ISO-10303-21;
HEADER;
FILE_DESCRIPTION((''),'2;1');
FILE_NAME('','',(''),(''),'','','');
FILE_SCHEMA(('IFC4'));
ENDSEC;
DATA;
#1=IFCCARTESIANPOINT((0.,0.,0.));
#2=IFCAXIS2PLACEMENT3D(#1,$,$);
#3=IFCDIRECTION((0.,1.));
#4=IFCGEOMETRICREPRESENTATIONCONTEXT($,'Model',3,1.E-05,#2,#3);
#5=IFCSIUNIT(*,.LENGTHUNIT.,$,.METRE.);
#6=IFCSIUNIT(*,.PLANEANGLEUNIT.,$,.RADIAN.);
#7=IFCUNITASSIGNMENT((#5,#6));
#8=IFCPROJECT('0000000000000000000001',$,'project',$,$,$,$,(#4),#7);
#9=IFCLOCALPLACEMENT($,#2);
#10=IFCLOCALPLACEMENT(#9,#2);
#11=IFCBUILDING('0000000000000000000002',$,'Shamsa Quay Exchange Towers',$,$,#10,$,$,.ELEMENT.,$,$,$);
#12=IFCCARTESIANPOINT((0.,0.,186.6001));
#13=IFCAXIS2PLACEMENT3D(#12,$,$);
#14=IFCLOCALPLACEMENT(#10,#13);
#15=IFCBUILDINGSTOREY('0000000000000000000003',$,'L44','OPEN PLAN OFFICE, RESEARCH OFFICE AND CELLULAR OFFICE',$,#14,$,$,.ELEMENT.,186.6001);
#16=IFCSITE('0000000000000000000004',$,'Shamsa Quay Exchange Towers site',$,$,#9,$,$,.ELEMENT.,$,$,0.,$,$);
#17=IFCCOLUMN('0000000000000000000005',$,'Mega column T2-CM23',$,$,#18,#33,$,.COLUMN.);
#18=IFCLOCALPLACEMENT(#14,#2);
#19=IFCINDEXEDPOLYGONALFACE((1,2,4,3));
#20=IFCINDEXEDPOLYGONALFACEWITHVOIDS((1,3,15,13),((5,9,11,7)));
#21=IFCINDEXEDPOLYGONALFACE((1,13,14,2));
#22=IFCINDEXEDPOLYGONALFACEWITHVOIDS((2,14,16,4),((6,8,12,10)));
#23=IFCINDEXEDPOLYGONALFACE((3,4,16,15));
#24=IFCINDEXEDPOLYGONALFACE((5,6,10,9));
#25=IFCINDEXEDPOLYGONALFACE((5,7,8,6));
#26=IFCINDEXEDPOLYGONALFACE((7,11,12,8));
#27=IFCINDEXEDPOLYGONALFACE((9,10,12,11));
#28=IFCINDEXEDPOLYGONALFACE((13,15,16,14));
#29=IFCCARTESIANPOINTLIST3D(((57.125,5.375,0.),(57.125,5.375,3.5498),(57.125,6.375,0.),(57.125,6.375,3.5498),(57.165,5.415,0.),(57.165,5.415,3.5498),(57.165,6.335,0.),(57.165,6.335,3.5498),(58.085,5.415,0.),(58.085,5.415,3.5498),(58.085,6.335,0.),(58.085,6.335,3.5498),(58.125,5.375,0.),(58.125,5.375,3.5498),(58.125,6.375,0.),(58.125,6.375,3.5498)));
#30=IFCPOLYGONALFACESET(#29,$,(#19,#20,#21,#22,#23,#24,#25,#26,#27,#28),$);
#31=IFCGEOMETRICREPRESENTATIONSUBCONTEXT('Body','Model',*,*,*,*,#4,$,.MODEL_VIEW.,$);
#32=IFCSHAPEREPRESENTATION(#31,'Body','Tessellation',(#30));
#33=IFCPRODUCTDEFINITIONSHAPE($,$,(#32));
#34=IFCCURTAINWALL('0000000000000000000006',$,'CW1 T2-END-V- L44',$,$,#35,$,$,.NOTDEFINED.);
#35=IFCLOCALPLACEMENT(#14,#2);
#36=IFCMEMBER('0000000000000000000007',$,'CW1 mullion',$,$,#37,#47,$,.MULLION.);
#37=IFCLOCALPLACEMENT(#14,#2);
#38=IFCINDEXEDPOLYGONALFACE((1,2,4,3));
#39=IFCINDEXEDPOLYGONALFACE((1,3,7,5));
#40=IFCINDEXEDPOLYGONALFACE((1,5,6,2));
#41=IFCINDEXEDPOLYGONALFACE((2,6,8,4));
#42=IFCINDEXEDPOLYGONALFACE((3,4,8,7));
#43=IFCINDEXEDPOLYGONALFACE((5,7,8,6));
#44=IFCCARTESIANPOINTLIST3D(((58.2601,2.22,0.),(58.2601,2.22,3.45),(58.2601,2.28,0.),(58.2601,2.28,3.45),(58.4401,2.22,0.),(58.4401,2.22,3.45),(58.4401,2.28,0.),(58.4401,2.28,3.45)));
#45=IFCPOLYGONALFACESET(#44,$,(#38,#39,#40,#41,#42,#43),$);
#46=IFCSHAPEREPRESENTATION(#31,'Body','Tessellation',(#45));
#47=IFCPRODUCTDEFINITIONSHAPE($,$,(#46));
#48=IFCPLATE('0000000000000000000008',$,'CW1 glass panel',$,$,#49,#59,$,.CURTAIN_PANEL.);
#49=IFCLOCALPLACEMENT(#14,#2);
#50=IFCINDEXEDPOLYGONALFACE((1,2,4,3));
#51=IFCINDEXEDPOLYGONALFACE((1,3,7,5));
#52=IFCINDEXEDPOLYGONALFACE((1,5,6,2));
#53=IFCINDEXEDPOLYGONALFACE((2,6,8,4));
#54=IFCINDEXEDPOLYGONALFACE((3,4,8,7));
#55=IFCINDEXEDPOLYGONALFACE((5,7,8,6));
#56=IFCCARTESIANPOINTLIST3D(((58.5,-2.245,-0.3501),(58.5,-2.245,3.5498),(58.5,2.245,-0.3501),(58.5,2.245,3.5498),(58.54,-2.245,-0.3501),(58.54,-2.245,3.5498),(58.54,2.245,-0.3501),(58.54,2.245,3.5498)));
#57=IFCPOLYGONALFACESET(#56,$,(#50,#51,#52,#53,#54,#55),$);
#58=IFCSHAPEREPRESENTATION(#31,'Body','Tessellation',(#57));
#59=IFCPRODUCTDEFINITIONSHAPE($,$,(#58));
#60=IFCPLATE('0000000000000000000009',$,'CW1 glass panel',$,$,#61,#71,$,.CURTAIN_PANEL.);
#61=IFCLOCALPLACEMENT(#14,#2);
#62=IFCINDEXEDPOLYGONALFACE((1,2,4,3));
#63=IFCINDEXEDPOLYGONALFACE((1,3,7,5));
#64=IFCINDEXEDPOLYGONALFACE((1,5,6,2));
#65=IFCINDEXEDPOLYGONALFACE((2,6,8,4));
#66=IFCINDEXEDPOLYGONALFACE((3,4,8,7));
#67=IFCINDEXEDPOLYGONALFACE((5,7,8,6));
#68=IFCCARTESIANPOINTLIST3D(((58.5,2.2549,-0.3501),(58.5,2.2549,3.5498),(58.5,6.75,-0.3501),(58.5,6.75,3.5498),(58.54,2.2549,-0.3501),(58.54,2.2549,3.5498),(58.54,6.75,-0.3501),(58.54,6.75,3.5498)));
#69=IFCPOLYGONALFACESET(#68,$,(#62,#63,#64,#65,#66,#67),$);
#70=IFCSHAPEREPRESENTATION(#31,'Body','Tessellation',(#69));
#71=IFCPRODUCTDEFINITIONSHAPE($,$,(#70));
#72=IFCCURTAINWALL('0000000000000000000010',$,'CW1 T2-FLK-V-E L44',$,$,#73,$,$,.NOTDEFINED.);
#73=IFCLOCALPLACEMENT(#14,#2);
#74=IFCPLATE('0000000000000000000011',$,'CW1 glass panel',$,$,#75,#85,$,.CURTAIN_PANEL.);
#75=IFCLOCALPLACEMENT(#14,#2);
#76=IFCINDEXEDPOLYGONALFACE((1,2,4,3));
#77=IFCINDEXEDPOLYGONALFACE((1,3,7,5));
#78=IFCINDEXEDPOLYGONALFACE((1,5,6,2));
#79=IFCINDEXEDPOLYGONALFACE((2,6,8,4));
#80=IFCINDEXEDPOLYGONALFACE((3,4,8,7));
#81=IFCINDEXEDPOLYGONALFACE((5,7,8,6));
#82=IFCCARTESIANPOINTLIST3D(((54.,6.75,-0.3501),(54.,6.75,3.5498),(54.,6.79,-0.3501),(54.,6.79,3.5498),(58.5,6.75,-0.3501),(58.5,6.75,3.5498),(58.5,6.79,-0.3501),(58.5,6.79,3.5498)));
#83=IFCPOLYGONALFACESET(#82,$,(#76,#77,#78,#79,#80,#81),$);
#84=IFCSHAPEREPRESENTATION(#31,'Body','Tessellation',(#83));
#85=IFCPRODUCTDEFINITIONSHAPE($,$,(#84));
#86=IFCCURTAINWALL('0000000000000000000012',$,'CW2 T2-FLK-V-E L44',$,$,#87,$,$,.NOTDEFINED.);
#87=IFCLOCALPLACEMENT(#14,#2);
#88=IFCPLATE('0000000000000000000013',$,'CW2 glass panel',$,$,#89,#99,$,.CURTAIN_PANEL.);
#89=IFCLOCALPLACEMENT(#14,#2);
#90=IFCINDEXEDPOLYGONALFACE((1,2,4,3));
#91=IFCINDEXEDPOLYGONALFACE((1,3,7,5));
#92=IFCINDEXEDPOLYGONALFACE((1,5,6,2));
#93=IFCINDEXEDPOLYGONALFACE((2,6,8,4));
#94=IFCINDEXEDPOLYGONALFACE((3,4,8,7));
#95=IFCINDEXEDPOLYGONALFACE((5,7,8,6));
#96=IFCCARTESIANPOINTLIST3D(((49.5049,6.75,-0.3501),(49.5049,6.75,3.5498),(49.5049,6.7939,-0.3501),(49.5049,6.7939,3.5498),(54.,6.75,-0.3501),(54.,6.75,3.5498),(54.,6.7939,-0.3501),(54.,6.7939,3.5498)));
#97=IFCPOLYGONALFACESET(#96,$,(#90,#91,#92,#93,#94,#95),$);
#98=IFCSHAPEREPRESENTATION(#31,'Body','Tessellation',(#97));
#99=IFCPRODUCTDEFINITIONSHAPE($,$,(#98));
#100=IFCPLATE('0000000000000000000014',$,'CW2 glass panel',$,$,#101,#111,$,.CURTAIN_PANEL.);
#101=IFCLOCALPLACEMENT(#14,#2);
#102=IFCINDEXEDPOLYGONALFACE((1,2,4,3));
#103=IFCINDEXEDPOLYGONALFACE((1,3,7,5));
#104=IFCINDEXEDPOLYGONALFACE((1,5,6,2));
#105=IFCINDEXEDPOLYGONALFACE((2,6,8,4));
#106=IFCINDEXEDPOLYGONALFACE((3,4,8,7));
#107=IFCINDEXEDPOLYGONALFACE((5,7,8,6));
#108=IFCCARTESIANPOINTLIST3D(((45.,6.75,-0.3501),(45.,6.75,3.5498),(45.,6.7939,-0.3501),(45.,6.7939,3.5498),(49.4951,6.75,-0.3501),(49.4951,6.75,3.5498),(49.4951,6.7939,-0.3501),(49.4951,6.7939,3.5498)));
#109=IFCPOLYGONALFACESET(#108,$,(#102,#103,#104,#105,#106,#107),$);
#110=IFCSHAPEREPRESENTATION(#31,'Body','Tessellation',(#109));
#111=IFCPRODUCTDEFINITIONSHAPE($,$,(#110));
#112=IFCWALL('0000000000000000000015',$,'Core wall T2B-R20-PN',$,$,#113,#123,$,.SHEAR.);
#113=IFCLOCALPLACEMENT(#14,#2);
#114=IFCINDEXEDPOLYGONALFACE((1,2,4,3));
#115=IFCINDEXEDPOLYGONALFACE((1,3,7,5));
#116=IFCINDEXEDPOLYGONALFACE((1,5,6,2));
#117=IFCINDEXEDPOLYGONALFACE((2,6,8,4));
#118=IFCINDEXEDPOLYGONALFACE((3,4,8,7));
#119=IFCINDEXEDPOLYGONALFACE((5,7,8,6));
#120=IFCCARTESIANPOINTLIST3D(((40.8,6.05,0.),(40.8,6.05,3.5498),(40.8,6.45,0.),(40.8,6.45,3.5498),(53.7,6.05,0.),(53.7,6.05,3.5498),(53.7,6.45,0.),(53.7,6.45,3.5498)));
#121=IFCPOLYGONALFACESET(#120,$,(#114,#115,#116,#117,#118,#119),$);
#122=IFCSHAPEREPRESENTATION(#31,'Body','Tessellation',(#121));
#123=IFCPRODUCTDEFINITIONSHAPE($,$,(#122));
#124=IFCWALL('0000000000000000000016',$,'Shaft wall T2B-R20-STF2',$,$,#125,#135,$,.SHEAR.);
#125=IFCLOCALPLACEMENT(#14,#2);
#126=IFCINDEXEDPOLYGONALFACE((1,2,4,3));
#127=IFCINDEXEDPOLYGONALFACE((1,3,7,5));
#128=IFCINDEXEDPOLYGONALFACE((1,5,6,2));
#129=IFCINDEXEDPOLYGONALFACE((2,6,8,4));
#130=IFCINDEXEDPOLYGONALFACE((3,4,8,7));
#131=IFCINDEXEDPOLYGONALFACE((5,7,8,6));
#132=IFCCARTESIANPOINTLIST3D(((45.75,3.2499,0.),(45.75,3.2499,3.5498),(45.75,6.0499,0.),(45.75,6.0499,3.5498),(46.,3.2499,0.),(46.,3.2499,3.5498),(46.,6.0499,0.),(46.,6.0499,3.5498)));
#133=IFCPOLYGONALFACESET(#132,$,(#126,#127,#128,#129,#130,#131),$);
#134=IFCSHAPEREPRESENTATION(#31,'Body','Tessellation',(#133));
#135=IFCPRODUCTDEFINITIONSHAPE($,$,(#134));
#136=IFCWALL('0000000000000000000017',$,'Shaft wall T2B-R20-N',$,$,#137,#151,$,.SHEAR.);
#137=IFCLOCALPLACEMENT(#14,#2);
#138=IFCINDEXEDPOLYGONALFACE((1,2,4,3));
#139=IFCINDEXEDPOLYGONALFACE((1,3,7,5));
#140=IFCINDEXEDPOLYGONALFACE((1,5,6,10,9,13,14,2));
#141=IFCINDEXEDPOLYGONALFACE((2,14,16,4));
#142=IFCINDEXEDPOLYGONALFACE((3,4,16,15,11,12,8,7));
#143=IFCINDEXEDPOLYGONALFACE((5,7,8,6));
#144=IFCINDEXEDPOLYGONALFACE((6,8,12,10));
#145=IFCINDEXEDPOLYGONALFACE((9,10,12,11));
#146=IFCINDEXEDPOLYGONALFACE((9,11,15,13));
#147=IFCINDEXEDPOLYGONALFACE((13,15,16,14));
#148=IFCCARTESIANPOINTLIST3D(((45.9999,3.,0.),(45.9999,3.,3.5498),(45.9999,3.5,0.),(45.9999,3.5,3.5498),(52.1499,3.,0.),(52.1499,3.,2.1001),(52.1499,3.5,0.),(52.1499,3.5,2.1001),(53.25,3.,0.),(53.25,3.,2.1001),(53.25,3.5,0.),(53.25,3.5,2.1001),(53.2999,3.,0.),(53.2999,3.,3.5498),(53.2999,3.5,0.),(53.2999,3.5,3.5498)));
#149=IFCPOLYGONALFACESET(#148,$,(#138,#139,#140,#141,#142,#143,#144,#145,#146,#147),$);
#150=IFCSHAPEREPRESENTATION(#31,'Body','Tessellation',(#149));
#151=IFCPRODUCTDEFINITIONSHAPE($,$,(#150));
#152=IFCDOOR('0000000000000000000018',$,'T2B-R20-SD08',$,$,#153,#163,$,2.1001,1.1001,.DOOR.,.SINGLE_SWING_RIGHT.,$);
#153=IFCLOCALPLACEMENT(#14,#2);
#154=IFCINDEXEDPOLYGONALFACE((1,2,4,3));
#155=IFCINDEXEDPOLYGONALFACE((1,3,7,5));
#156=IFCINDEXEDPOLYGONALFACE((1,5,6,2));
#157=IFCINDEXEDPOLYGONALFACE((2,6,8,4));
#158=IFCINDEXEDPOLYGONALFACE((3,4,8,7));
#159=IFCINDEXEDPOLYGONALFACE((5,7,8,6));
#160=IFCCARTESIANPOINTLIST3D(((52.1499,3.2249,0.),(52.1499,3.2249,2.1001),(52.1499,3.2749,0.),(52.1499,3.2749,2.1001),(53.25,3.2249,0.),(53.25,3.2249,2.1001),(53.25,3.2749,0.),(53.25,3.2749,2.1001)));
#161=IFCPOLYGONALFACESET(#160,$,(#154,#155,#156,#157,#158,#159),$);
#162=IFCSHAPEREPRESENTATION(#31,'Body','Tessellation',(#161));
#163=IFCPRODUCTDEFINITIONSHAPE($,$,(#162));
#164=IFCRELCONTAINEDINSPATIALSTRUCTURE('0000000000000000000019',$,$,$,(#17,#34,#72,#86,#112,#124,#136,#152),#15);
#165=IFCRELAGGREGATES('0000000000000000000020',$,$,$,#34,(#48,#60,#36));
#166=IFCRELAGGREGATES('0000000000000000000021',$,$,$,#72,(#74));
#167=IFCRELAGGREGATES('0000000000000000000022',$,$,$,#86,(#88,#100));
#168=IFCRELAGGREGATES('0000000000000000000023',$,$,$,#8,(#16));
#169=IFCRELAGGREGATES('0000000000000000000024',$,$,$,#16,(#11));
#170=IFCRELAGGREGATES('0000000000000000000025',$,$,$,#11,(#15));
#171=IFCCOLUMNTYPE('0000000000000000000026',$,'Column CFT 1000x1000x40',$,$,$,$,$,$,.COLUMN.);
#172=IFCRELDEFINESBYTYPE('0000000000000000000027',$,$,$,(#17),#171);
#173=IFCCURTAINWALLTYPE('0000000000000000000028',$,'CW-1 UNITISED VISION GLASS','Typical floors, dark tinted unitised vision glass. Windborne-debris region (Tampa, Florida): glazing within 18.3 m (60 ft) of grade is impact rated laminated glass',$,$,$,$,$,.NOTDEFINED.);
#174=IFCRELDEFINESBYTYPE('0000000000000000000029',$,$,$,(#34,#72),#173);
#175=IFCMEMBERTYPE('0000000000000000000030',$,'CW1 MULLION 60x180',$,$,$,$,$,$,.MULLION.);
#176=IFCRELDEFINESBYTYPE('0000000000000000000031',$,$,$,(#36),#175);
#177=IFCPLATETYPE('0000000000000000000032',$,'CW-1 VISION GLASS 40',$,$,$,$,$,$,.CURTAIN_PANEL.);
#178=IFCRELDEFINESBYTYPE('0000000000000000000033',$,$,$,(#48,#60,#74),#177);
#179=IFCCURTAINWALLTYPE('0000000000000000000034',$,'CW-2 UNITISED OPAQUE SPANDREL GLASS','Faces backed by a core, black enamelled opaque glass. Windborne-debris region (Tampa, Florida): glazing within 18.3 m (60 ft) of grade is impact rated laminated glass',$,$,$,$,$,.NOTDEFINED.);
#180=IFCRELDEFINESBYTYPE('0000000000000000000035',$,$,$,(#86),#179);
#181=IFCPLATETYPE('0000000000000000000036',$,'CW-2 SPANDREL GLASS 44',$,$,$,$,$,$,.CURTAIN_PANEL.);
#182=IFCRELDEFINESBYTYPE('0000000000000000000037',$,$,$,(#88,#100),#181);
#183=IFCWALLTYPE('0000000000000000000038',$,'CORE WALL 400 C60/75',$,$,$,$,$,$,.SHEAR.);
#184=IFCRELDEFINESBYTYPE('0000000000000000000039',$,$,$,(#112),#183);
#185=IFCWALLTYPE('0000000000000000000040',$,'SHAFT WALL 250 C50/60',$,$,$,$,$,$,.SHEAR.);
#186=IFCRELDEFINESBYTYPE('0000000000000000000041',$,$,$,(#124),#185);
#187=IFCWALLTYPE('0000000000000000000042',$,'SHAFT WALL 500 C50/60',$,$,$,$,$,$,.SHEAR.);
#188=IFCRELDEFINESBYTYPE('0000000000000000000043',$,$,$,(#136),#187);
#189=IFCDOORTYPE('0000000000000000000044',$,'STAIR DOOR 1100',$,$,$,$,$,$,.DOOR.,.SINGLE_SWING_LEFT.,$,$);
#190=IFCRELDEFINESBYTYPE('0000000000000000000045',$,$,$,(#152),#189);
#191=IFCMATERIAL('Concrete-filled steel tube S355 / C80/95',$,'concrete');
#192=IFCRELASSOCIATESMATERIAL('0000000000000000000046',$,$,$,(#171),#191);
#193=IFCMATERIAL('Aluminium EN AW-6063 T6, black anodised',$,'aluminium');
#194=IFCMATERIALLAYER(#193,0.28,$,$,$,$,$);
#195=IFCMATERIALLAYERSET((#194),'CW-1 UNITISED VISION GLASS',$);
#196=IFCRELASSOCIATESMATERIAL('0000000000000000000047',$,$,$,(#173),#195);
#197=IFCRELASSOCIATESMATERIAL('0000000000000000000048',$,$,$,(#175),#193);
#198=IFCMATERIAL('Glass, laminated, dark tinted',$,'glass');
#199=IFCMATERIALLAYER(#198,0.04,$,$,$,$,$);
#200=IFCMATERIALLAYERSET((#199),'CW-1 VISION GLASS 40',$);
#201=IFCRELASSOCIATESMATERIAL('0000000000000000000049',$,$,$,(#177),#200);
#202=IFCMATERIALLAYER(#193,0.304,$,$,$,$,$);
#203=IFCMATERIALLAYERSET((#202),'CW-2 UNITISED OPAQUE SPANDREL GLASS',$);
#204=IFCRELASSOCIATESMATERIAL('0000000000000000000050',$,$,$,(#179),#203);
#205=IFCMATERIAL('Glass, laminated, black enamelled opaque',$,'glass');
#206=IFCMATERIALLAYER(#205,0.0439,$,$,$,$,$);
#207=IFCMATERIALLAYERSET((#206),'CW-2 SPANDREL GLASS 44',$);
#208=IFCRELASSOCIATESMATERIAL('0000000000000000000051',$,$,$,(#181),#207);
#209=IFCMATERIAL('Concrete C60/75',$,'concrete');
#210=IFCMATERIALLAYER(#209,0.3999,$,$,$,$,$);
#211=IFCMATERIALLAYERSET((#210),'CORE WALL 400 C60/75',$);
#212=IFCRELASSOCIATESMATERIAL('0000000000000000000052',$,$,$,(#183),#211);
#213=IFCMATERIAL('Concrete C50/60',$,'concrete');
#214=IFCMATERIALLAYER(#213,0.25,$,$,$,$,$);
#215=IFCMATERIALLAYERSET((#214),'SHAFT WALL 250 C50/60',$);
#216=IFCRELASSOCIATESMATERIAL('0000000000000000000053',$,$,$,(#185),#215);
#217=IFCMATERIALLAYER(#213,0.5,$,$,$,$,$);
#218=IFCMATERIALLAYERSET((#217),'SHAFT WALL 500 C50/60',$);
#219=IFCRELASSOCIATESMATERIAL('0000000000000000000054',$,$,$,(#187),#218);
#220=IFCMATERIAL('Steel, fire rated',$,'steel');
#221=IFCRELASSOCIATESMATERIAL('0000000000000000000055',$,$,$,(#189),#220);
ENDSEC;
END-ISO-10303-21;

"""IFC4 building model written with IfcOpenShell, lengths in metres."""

from ifc_helpers import new_model, si_unit, direction, frame, frame_2d, origin, origin_2d, place, context, subcontext, project, spatial, rectangle, hollow_rectangle, extrude, material, layer, layer_set, material_profile, profile_set, type_object, element, fill, aggregate, save


model = new_model("IFC4")

# Units and contexts
model_context = context("Model", 3, precision=1e-05, world=origin(), true_north=direction((0.0, 1.0)))
body_context = subcontext(model_context, "Body", "Model", "MODEL_VIEW")
ifc_project = project(units=[si_unit("LENGTHUNIT", "METRE"), si_unit("PLANEANGLEUNIT", "RADIAN")], contexts=[model_context])

# Site, building, storey
site_placement = place(None, origin())
site = spatial("IfcSite", under=ifc_project, at=site_placement, Name="Shamsa Quay Exchange Towers site", CompositionType="ELEMENT", RefElevation=0.0)
building_placement = place(site_placement, origin())
building = spatial("IfcBuilding", under=site, at=building_placement, Name="Shamsa Quay Exchange Towers", CompositionType="ELEMENT")
storey_placement = place(building_placement, frame((0.0, 0.0, 186.6001)))
storey = spatial("IfcBuildingStorey", under=building, at=storey_placement, Name="L44", Description="OPEN PLAN OFFICE, RESEARCH OFFICE AND CELLULAR OFFICE", CompositionType="ELEMENT", Elevation=186.6001)

# Column
ifc_material_1 = material(Name="Concrete-filled steel tube S355 / C80/95", Category="concrete")
ifc_material_profile_1 = material_profile(ifc_material_1, hollow_rectangle(XDim=1.0, YDim=1.0, WallThickness=0.04, at=origin_2d()), Name="CFT 1000x1000x40")
ifc_profile_set_1 = profile_set([ifc_material_profile_1], Name="Concrete-filled steel tube S355 / C80/95")
column_type = type_object("IfcColumnType", Name="Column CFT 1000x1000x40", PredefinedType="COLUMN", material=ifc_profile_set_1)
column_placement = place(storey_placement, frame((57.625, 5.875, 0.0)))
element("IfcColumn", 1, at=column_placement, inside=storey, type_object=column_type, Name="Mega column T2-CM23", PredefinedType="COLUMN", context=body_context, shape_type="SweptSolid", body=[
    extrude(hollow_rectangle(XDim=1.0, YDim=1.0, WallThickness=0.04, at=origin_2d()), origin(), (0.0, 0.0, 1.0), 3.5498),
])

# Curtain wall, member, plates
ifc_material_2 = material(Name="Aluminium EN AW-6063 T6, black anodised", Category="aluminium")
ifc_layer_1 = layer(ifc_material_2, 0.28)
ifc_layer_set_1 = layer_set([ifc_layer_1], Name="CW-1 UNITISED VISION GLASS")
curtain_wall_type_1 = type_object("IfcCurtainWallType", Name="CW-1 UNITISED VISION GLASS", Description="Typical floors, dark tinted unitised vision glass. Windborne-debris region (Tampa, Florida): glazing within 18.3 m (60 ft) of grade is impact rated laminated glass", PredefinedType="NOTDEFINED", material=ifc_layer_set_1)
curtain_wall_1_placement = place(storey_placement, origin())
curtain_wall_1 = element("IfcCurtainWall", 2, at=curtain_wall_1_placement, inside=storey, type_object=curtain_wall_type_1, Name="CW1 T2-END-V- L44", PredefinedType="NOTDEFINED")
ifc_material_profile_2 = material_profile(ifc_material_2, rectangle(XDim=0.1799, YDim=0.0601, at=origin_2d()), Name="MU60x180")
ifc_profile_set_2 = profile_set([ifc_material_profile_2], Name="Aluminium EN AW-6063 T6, black anodised")
member_type = type_object("IfcMemberType", Name="CW1 MULLION 60x180", PredefinedType="MULLION", material=ifc_profile_set_2)
member_placement = place(storey_placement, frame((58.3501, 2.25, 0.0), z_axis=(0.0, 0.0, 1.0), x_axis=(-1.0, 0.0, 0.0)))
member = element("IfcMember", 3, at=member_placement, type_object=member_type, Name="CW1 mullion", PredefinedType="MULLION", context=body_context, shape_type="SweptSolid", body=[
    extrude(rectangle(XDim=0.1799, YDim=0.0601, at=origin_2d()), origin(), (0.0, 0.0, 1.0), 3.45),
])
ifc_material_3 = material(Name="Glass, laminated, dark tinted", Category="glass")
ifc_layer_2 = layer(ifc_material_3, 0.04)
ifc_layer_set_2 = layer_set([ifc_layer_2], Name="CW-1 VISION GLASS 40")
plate_type_1 = type_object("IfcPlateType", Name="CW-1 VISION GLASS 40", PredefinedType="CURTAIN_PANEL", material=ifc_layer_set_2)
plate_1_placement = place(storey_placement, frame((58.52, 0.0, -0.3501), z_axis=(0.0, 0.0, 1.0), x_axis=(0.0, 1.0, 0.0)))
plate_1 = element("IfcPlate", 4, at=plate_1_placement, type_object=plate_type_1, Name="CW1 glass panel", PredefinedType="CURTAIN_PANEL", context=body_context, shape_type="SweptSolid", body=[
    extrude(rectangle(XDim=4.49, YDim=0.04, at=origin_2d()), origin(), (0.0, 0.0, 1.0), 3.8999),
])
plate_2_placement = place(storey_placement, frame((58.52, 4.5024, -0.3501), z_axis=(0.0, 0.0, 1.0), x_axis=(0.0, 1.0, 0.0)))
plate_2 = element("IfcPlate", 5, at=plate_2_placement, type_object=plate_type_1, Name="CW1 glass panel", PredefinedType="CURTAIN_PANEL", context=body_context, shape_type="SweptSolid", body=[
    extrude(rectangle(XDim=4.4951, YDim=0.04, at=origin_2d()), origin(), (0.0, 0.0, 1.0), 3.8999),
])
aggregate(curtain_wall_1, [plate_1, plate_2, member])

# Curtain wall, plate
curtain_wall_2_placement = place(storey_placement, origin())
curtain_wall_2 = element("IfcCurtainWall", 6, at=curtain_wall_2_placement, inside=storey, type_object=curtain_wall_type_1, Name="CW1 T2-FLK-V-E L44", PredefinedType="NOTDEFINED")
plate_3_placement = place(storey_placement, frame((56.25, 6.77, -0.3501), z_axis=(0.0, 0.0, 1.0), x_axis=(-1.0, 0.0, 0.0)))
plate_3 = element("IfcPlate", 7, at=plate_3_placement, type_object=plate_type_1, Name="CW1 glass panel", PredefinedType="CURTAIN_PANEL", context=body_context, shape_type="SweptSolid", body=[
    extrude(rectangle(XDim=4.5, YDim=0.04, at=origin_2d()), origin(), (0.0, 0.0, 1.0), 3.8999),
])
aggregate(curtain_wall_2, [plate_3])

# Curtain wall, plates
ifc_layer_3 = layer(ifc_material_2, 0.304)
ifc_layer_set_3 = layer_set([ifc_layer_3], Name="CW-2 UNITISED OPAQUE SPANDREL GLASS")
curtain_wall_type_2 = type_object("IfcCurtainWallType", Name="CW-2 UNITISED OPAQUE SPANDREL GLASS", Description="Faces backed by a core, black enamelled opaque glass. Windborne-debris region (Tampa, Florida): glazing within 18.3 m (60 ft) of grade is impact rated laminated glass", PredefinedType="NOTDEFINED", material=ifc_layer_set_3)
curtain_wall_3_placement = place(storey_placement, origin())
curtain_wall_3 = element("IfcCurtainWall", 8, at=curtain_wall_3_placement, inside=storey, type_object=curtain_wall_type_2, Name="CW2 T2-FLK-V-E L44", PredefinedType="NOTDEFINED")
ifc_material_4 = material(Name="Glass, laminated, black enamelled opaque", Category="glass")
ifc_layer_4 = layer(ifc_material_4, 0.0439)
ifc_layer_set_4 = layer_set([ifc_layer_4], Name="CW-2 SPANDREL GLASS 44")
plate_type_2 = type_object("IfcPlateType", Name="CW-2 SPANDREL GLASS 44", PredefinedType="CURTAIN_PANEL", material=ifc_layer_set_4)
plate_4_placement = place(storey_placement, frame((51.7524, 6.772, -0.3501), z_axis=(0.0, 0.0, 1.0), x_axis=(-1.0, 0.0, 0.0)))
plate_4 = element("IfcPlate", 9, at=plate_4_placement, type_object=plate_type_2, Name="CW2 glass panel", PredefinedType="CURTAIN_PANEL", context=body_context, shape_type="SweptSolid", body=[
    extrude(rectangle(XDim=4.4951, YDim=0.0439, at=origin_2d()), origin(), (0.0, 0.0, 1.0), 3.8999),
])
plate_5_placement = place(storey_placement, frame((47.2476, 6.772, -0.3501), z_axis=(0.0, 0.0, 1.0), x_axis=(-1.0, 0.0, 0.0)))
plate_5 = element("IfcPlate", 10, at=plate_5_placement, type_object=plate_type_2, Name="CW2 glass panel", PredefinedType="CURTAIN_PANEL", context=body_context, shape_type="SweptSolid", body=[
    extrude(rectangle(XDim=4.4951, YDim=0.0439, at=origin_2d()), origin(), (0.0, 0.0, 1.0), 3.8999),
])
aggregate(curtain_wall_3, [plate_4, plate_5])

# Walls
ifc_material_5 = material(Name="Concrete C60/75", Category="concrete")
ifc_layer_5 = layer(ifc_material_5, 0.3999)
ifc_layer_set_5 = layer_set([ifc_layer_5], Name="CORE WALL 400 C60/75")
wall_type_1 = type_object("IfcWallType", Name="CORE WALL 400 C60/75", PredefinedType="SHEAR", material=ifc_layer_set_5)
wall_1_placement = place(storey_placement, frame((53.7, 6.25, 0.0), z_axis=(0.0, 0.0, 1.0), x_axis=(-1.0, 0.0, 0.0)))
element("IfcWall", 11, at=wall_1_placement, inside=storey, type_object=wall_type_1, Name="Core wall T2B-R20-PN", PredefinedType="SHEAR", context=body_context, shape_type="SweptSolid", body=[
    extrude(rectangle(XDim=12.8999, YDim=0.3999, at=frame_2d((6.45, 0.0))), origin(), (0.0, 0.0, 1.0), 3.5498),
])
ifc_material_6 = material(Name="Concrete C50/60", Category="concrete")
ifc_layer_6 = layer(ifc_material_6, 0.25)
ifc_layer_set_6 = layer_set([ifc_layer_6], Name="SHAFT WALL 250 C50/60")
wall_type_2 = type_object("IfcWallType", Name="SHAFT WALL 250 C50/60", PredefinedType="SHEAR", material=ifc_layer_set_6)
wall_2_placement = place(storey_placement, frame((45.875, 3.25, 0.0), z_axis=(0.0, 0.0, 1.0), x_axis=(0.0, 1.0, 0.0)))
element("IfcWall", 12, at=wall_2_placement, inside=storey, type_object=wall_type_2, Name="Shaft wall T2B-R20-STF2", PredefinedType="SHEAR", context=body_context, shape_type="SweptSolid", body=[
    extrude(rectangle(XDim=2.8, YDim=0.25, at=frame_2d((1.3999, 0.0))), origin(), (0.0, 0.0, 1.0), 3.5498),
])

# Wall, opening, door
ifc_layer_7 = layer(ifc_material_6, 0.5)
ifc_layer_set_7 = layer_set([ifc_layer_7], Name="SHAFT WALL 500 C50/60")
wall_type_3 = type_object("IfcWallType", Name="SHAFT WALL 500 C50/60", PredefinedType="SHEAR", material=ifc_layer_set_7)
wall_3_placement = place(storey_placement, frame((46.0, 3.25, 0.0)))
wall_3 = element("IfcWall", 13, at=wall_3_placement, inside=storey, type_object=wall_type_3, Name="Shaft wall T2B-R20-N", PredefinedType="SHEAR", context=body_context, shape_type="SweptSolid", body=[
    extrude(rectangle(XDim=7.3, YDim=0.5, at=frame_2d((3.6499, 0.0))), origin(), (0.0, 0.0, 1.0), 3.5498),
])
opening_1_placement = place(wall_3_placement, frame((6.1499, 0.0, 0.0)))
opening_1 = element("IfcOpeningElement", 14, at=opening_1_placement, cuts=wall_3, PredefinedType="OPENING", context=body_context, shape_type="SweptSolid", body=[
    extrude(rectangle(XDim=1.1001, YDim=2.1001, at=frame_2d((0.55, 1.05))), frame((0.0, 0.26, 0.0), z_axis=(0.0, -1.0, 0.0), x_axis=(1.0, 0.0, 0.0)), (0.0, 0.0, 1.0), 0.52),
])
ifc_material_7 = material(Name="Steel, fire rated", Category="steel")
door_type_1 = type_object("IfcDoorType", Name="STAIR DOOR 1100", OperationType="SINGLE_SWING_LEFT", PredefinedType="DOOR", material=ifc_material_7)
door_1_placement = place(opening_1_placement, origin())
door_1 = element("IfcDoor", 15, at=door_1_placement, inside=storey, type_object=door_type_1, Name="T2B-R20-SD08", OperationType="SINGLE_SWING_RIGHT", OverallHeight=2.1001, OverallWidth=1.1001, PredefinedType="DOOR", context=body_context, shape_type="SweptSolid", body=[
    extrude(rectangle(XDim=1.1001, YDim=2.1001, at=frame_2d((0.55, 1.05))), frame((0.0, 0.0249, 0.0), z_axis=(0.0, -1.0, 0.0), x_axis=(1.0, 0.0, 0.0)), (0.0, 0.0, 1.0), 0.05),
])
fill(opening_1, door_1)

save(model, "model.ifc")
